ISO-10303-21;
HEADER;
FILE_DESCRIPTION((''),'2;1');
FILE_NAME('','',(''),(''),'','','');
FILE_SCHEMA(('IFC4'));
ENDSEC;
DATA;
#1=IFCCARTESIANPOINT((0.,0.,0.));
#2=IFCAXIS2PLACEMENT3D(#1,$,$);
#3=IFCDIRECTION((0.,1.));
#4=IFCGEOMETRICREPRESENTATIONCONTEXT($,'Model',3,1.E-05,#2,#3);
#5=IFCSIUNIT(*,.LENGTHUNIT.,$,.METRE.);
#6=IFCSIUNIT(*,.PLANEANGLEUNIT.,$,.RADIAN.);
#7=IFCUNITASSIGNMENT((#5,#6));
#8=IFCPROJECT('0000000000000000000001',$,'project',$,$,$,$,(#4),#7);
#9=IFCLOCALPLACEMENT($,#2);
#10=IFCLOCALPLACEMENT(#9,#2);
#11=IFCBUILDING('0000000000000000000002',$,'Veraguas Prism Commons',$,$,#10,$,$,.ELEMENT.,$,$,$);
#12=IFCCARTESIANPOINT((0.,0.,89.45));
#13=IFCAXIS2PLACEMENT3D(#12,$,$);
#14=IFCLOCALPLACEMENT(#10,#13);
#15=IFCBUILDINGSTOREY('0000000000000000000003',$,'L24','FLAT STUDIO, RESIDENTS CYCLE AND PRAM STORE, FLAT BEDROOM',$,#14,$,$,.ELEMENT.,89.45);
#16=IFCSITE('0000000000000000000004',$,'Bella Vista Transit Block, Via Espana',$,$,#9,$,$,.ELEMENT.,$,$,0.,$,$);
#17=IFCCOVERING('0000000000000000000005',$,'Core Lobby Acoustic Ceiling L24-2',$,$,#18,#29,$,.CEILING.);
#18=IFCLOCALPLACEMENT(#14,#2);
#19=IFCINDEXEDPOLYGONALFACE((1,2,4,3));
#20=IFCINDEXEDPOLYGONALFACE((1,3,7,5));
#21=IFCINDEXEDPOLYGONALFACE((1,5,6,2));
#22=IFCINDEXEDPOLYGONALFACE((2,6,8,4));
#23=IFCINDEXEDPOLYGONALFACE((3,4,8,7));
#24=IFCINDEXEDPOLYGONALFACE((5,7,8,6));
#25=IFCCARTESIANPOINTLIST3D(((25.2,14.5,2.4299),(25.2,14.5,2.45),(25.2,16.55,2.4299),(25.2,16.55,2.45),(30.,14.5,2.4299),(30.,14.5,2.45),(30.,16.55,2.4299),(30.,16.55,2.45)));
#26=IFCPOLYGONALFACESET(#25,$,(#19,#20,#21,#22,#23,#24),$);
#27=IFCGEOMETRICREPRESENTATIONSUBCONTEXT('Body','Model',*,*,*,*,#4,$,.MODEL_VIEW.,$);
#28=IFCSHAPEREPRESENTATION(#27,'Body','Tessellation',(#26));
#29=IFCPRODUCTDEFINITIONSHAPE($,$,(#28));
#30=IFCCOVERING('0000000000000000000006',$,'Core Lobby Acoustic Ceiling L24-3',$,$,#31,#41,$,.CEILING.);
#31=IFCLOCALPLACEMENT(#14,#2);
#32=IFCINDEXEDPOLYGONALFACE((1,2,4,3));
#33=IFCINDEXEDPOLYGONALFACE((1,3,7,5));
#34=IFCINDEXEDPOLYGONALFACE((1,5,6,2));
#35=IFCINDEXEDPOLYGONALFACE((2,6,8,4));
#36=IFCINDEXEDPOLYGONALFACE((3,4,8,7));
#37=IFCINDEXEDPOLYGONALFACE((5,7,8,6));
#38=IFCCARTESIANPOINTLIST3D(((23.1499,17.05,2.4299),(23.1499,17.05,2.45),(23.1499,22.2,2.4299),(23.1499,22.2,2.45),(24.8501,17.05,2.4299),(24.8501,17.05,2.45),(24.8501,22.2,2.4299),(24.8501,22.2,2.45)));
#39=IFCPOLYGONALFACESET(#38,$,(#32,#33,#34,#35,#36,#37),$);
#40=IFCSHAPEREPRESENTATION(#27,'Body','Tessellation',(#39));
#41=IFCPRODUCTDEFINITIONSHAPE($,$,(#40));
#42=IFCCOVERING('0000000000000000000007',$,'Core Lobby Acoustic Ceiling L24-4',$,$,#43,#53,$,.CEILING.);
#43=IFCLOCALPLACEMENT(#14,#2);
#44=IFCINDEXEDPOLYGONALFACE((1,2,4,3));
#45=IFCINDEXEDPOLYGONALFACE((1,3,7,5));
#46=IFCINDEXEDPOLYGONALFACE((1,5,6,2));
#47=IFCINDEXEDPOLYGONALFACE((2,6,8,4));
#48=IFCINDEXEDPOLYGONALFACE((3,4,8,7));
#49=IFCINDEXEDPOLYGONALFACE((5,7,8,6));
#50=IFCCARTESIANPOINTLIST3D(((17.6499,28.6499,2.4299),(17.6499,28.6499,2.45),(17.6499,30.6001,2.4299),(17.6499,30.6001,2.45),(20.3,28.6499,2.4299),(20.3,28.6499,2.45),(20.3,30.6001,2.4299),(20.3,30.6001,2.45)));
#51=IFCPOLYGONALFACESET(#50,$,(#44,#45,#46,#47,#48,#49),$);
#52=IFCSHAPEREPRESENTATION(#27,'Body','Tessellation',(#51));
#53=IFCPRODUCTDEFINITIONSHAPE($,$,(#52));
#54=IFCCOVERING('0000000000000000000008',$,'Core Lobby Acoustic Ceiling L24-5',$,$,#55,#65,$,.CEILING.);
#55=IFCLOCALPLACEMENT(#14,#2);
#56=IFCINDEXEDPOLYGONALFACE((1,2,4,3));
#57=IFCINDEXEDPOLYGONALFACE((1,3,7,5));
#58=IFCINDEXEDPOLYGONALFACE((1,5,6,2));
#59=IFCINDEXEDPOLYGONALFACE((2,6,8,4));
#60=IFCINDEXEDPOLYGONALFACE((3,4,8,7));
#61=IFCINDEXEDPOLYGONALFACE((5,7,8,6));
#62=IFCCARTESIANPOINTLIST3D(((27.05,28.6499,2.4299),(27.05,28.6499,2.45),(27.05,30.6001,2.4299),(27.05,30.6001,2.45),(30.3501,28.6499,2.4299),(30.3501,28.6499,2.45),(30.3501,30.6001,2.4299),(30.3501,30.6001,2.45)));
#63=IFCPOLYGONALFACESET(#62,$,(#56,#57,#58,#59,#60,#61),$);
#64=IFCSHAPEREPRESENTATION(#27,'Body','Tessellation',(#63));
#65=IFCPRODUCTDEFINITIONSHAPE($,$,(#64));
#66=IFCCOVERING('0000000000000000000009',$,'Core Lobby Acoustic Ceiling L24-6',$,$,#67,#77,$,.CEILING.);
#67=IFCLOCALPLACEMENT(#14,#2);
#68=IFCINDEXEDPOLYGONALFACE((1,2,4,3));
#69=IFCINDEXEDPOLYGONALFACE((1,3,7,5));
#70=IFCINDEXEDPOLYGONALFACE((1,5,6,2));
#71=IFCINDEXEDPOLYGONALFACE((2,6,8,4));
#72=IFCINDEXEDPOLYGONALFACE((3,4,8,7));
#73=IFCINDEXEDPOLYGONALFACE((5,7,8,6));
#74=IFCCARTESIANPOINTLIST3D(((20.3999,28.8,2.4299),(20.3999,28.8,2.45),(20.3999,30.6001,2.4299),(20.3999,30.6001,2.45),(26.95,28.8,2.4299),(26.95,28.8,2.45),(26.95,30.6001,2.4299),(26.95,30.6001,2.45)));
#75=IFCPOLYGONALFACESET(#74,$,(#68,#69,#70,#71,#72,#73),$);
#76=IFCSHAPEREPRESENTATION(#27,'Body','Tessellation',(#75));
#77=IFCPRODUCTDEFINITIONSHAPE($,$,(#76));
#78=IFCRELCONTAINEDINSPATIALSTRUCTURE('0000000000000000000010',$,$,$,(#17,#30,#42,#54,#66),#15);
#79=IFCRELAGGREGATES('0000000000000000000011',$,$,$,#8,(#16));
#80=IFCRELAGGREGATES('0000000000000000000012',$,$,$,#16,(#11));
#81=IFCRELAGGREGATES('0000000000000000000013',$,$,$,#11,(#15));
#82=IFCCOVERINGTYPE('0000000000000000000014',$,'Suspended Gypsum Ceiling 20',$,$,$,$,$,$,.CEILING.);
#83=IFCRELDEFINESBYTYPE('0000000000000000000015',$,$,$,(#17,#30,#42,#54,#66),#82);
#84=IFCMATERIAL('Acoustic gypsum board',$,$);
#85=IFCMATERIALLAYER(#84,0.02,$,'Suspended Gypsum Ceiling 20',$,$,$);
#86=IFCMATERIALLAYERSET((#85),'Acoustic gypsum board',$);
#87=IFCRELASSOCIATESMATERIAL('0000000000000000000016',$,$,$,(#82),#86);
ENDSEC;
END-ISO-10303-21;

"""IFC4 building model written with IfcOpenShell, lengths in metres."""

from ifc_helpers import new_model, si_unit, direction, frame, origin, place, context, subcontext, project, spatial, polyline, outline, extrude, material, layer, layer_set, type_object, element, save


model = new_model("IFC4")

# Units and contexts
model_context = context("Model", 3, precision=1e-05, world=origin(), true_north=direction((0.0, 1.0)))
body_context = subcontext(model_context, "Body", "Model", "MODEL_VIEW")
ifc_project = project(units=[si_unit("LENGTHUNIT", "METRE"), si_unit("PLANEANGLEUNIT", "RADIAN")], contexts=[model_context])

# Site, building, storey
site_placement = place(None, origin())
site = spatial("IfcSite", under=ifc_project, at=site_placement, Name="Bella Vista Transit Block, Via Espana", CompositionType="ELEMENT", RefElevation=0.0)
building_placement = place(site_placement, origin())
building = spatial("IfcBuilding", under=site, at=building_placement, Name="Veraguas Prism Commons", CompositionType="ELEMENT")
storey_placement = place(building_placement, frame((0.0, 0.0, 89.45)))
storey = spatial("IfcBuildingStorey", under=building, at=storey_placement, Name="L24", Description="FLAT STUDIO, RESIDENTS CYCLE AND PRAM STORE, FLAT BEDROOM", CompositionType="ELEMENT", Elevation=89.45)

# Coverings
ifc_material_1 = material(Name="Acoustic gypsum board")
ifc_layer_1 = layer(ifc_material_1, 0.02, Name="Suspended Gypsum Ceiling 20")
ifc_layer_set_1 = layer_set([ifc_layer_1], Name="Acoustic gypsum board")
covering_type_1 = type_object("IfcCoveringType", Name="Suspended Gypsum Ceiling 20", PredefinedType="CEILING", material=ifc_layer_set_1)
covering_1_placement = place(storey_placement, frame((0.0, 0.0, 2.4299)))
element("IfcCovering", 1, at=covering_1_placement, inside=storey, type_object=covering_type_1, Name="Core Lobby Acoustic Ceiling L24-2", PredefinedType="CEILING", context=body_context, shape_type="SweptSolid", body=[
    extrude(outline(polyline([(25.2, 14.5), (30.0, 14.5), (30.0, 16.55), (25.2, 16.55), (25.2, 14.5)])), origin(), (0.0, 0.0, 1.0), 0.02),
])
covering_2_placement = place(storey_placement, frame((0.0, 0.0, 2.4299)))
element("IfcCovering", 2, at=covering_2_placement, inside=storey, type_object=covering_type_1, Name="Core Lobby Acoustic Ceiling L24-3", PredefinedType="CEILING", context=body_context, shape_type="SweptSolid", body=[
    extrude(outline(polyline([(23.1499, 17.05), (24.8501, 17.05), (24.8501, 22.2), (23.1499, 22.2), (23.1499, 17.05)])), origin(), (0.0, 0.0, 1.0), 0.02),
])
covering_3_placement = place(storey_placement, frame((0.0, 0.0, 2.4299)))
element("IfcCovering", 3, at=covering_3_placement, inside=storey, type_object=covering_type_1, Name="Core Lobby Acoustic Ceiling L24-4", PredefinedType="CEILING", context=body_context, shape_type="SweptSolid", body=[
    extrude(outline(polyline([(17.6499, 28.6499), (20.3, 28.6499), (20.3, 30.6001), (17.6499, 30.6001), (17.6499, 28.6499)])), origin(), (0.0, 0.0, 1.0), 0.02),
])
covering_4_placement = place(storey_placement, frame((0.0, 0.0, 2.4299)))
element("IfcCovering", 4, at=covering_4_placement, inside=storey, type_object=covering_type_1, Name="Core Lobby Acoustic Ceiling L24-5", PredefinedType="CEILING", context=body_context, shape_type="SweptSolid", body=[
    extrude(outline(polyline([(27.05, 28.6499), (30.3501, 28.6499), (30.3501, 30.6001), (27.05, 30.6001), (27.05, 28.6499)])), origin(), (0.0, 0.0, 1.0), 0.02),
])
covering_5_placement = place(storey_placement, frame((0.0, 0.0, 2.4299)))
element("IfcCovering", 5, at=covering_5_placement, inside=storey, type_object=covering_type_1, Name="Core Lobby Acoustic Ceiling L24-6", PredefinedType="CEILING", context=body_context, shape_type="SweptSolid", body=[
    extrude(outline(polyline([(20.3999, 28.8), (26.95, 28.8), (26.95, 30.6001), (20.3999, 30.6001), (20.3999, 28.8)])), origin(), (0.0, 0.0, 1.0), 0.02),
])

save(model, "model.ifc")
